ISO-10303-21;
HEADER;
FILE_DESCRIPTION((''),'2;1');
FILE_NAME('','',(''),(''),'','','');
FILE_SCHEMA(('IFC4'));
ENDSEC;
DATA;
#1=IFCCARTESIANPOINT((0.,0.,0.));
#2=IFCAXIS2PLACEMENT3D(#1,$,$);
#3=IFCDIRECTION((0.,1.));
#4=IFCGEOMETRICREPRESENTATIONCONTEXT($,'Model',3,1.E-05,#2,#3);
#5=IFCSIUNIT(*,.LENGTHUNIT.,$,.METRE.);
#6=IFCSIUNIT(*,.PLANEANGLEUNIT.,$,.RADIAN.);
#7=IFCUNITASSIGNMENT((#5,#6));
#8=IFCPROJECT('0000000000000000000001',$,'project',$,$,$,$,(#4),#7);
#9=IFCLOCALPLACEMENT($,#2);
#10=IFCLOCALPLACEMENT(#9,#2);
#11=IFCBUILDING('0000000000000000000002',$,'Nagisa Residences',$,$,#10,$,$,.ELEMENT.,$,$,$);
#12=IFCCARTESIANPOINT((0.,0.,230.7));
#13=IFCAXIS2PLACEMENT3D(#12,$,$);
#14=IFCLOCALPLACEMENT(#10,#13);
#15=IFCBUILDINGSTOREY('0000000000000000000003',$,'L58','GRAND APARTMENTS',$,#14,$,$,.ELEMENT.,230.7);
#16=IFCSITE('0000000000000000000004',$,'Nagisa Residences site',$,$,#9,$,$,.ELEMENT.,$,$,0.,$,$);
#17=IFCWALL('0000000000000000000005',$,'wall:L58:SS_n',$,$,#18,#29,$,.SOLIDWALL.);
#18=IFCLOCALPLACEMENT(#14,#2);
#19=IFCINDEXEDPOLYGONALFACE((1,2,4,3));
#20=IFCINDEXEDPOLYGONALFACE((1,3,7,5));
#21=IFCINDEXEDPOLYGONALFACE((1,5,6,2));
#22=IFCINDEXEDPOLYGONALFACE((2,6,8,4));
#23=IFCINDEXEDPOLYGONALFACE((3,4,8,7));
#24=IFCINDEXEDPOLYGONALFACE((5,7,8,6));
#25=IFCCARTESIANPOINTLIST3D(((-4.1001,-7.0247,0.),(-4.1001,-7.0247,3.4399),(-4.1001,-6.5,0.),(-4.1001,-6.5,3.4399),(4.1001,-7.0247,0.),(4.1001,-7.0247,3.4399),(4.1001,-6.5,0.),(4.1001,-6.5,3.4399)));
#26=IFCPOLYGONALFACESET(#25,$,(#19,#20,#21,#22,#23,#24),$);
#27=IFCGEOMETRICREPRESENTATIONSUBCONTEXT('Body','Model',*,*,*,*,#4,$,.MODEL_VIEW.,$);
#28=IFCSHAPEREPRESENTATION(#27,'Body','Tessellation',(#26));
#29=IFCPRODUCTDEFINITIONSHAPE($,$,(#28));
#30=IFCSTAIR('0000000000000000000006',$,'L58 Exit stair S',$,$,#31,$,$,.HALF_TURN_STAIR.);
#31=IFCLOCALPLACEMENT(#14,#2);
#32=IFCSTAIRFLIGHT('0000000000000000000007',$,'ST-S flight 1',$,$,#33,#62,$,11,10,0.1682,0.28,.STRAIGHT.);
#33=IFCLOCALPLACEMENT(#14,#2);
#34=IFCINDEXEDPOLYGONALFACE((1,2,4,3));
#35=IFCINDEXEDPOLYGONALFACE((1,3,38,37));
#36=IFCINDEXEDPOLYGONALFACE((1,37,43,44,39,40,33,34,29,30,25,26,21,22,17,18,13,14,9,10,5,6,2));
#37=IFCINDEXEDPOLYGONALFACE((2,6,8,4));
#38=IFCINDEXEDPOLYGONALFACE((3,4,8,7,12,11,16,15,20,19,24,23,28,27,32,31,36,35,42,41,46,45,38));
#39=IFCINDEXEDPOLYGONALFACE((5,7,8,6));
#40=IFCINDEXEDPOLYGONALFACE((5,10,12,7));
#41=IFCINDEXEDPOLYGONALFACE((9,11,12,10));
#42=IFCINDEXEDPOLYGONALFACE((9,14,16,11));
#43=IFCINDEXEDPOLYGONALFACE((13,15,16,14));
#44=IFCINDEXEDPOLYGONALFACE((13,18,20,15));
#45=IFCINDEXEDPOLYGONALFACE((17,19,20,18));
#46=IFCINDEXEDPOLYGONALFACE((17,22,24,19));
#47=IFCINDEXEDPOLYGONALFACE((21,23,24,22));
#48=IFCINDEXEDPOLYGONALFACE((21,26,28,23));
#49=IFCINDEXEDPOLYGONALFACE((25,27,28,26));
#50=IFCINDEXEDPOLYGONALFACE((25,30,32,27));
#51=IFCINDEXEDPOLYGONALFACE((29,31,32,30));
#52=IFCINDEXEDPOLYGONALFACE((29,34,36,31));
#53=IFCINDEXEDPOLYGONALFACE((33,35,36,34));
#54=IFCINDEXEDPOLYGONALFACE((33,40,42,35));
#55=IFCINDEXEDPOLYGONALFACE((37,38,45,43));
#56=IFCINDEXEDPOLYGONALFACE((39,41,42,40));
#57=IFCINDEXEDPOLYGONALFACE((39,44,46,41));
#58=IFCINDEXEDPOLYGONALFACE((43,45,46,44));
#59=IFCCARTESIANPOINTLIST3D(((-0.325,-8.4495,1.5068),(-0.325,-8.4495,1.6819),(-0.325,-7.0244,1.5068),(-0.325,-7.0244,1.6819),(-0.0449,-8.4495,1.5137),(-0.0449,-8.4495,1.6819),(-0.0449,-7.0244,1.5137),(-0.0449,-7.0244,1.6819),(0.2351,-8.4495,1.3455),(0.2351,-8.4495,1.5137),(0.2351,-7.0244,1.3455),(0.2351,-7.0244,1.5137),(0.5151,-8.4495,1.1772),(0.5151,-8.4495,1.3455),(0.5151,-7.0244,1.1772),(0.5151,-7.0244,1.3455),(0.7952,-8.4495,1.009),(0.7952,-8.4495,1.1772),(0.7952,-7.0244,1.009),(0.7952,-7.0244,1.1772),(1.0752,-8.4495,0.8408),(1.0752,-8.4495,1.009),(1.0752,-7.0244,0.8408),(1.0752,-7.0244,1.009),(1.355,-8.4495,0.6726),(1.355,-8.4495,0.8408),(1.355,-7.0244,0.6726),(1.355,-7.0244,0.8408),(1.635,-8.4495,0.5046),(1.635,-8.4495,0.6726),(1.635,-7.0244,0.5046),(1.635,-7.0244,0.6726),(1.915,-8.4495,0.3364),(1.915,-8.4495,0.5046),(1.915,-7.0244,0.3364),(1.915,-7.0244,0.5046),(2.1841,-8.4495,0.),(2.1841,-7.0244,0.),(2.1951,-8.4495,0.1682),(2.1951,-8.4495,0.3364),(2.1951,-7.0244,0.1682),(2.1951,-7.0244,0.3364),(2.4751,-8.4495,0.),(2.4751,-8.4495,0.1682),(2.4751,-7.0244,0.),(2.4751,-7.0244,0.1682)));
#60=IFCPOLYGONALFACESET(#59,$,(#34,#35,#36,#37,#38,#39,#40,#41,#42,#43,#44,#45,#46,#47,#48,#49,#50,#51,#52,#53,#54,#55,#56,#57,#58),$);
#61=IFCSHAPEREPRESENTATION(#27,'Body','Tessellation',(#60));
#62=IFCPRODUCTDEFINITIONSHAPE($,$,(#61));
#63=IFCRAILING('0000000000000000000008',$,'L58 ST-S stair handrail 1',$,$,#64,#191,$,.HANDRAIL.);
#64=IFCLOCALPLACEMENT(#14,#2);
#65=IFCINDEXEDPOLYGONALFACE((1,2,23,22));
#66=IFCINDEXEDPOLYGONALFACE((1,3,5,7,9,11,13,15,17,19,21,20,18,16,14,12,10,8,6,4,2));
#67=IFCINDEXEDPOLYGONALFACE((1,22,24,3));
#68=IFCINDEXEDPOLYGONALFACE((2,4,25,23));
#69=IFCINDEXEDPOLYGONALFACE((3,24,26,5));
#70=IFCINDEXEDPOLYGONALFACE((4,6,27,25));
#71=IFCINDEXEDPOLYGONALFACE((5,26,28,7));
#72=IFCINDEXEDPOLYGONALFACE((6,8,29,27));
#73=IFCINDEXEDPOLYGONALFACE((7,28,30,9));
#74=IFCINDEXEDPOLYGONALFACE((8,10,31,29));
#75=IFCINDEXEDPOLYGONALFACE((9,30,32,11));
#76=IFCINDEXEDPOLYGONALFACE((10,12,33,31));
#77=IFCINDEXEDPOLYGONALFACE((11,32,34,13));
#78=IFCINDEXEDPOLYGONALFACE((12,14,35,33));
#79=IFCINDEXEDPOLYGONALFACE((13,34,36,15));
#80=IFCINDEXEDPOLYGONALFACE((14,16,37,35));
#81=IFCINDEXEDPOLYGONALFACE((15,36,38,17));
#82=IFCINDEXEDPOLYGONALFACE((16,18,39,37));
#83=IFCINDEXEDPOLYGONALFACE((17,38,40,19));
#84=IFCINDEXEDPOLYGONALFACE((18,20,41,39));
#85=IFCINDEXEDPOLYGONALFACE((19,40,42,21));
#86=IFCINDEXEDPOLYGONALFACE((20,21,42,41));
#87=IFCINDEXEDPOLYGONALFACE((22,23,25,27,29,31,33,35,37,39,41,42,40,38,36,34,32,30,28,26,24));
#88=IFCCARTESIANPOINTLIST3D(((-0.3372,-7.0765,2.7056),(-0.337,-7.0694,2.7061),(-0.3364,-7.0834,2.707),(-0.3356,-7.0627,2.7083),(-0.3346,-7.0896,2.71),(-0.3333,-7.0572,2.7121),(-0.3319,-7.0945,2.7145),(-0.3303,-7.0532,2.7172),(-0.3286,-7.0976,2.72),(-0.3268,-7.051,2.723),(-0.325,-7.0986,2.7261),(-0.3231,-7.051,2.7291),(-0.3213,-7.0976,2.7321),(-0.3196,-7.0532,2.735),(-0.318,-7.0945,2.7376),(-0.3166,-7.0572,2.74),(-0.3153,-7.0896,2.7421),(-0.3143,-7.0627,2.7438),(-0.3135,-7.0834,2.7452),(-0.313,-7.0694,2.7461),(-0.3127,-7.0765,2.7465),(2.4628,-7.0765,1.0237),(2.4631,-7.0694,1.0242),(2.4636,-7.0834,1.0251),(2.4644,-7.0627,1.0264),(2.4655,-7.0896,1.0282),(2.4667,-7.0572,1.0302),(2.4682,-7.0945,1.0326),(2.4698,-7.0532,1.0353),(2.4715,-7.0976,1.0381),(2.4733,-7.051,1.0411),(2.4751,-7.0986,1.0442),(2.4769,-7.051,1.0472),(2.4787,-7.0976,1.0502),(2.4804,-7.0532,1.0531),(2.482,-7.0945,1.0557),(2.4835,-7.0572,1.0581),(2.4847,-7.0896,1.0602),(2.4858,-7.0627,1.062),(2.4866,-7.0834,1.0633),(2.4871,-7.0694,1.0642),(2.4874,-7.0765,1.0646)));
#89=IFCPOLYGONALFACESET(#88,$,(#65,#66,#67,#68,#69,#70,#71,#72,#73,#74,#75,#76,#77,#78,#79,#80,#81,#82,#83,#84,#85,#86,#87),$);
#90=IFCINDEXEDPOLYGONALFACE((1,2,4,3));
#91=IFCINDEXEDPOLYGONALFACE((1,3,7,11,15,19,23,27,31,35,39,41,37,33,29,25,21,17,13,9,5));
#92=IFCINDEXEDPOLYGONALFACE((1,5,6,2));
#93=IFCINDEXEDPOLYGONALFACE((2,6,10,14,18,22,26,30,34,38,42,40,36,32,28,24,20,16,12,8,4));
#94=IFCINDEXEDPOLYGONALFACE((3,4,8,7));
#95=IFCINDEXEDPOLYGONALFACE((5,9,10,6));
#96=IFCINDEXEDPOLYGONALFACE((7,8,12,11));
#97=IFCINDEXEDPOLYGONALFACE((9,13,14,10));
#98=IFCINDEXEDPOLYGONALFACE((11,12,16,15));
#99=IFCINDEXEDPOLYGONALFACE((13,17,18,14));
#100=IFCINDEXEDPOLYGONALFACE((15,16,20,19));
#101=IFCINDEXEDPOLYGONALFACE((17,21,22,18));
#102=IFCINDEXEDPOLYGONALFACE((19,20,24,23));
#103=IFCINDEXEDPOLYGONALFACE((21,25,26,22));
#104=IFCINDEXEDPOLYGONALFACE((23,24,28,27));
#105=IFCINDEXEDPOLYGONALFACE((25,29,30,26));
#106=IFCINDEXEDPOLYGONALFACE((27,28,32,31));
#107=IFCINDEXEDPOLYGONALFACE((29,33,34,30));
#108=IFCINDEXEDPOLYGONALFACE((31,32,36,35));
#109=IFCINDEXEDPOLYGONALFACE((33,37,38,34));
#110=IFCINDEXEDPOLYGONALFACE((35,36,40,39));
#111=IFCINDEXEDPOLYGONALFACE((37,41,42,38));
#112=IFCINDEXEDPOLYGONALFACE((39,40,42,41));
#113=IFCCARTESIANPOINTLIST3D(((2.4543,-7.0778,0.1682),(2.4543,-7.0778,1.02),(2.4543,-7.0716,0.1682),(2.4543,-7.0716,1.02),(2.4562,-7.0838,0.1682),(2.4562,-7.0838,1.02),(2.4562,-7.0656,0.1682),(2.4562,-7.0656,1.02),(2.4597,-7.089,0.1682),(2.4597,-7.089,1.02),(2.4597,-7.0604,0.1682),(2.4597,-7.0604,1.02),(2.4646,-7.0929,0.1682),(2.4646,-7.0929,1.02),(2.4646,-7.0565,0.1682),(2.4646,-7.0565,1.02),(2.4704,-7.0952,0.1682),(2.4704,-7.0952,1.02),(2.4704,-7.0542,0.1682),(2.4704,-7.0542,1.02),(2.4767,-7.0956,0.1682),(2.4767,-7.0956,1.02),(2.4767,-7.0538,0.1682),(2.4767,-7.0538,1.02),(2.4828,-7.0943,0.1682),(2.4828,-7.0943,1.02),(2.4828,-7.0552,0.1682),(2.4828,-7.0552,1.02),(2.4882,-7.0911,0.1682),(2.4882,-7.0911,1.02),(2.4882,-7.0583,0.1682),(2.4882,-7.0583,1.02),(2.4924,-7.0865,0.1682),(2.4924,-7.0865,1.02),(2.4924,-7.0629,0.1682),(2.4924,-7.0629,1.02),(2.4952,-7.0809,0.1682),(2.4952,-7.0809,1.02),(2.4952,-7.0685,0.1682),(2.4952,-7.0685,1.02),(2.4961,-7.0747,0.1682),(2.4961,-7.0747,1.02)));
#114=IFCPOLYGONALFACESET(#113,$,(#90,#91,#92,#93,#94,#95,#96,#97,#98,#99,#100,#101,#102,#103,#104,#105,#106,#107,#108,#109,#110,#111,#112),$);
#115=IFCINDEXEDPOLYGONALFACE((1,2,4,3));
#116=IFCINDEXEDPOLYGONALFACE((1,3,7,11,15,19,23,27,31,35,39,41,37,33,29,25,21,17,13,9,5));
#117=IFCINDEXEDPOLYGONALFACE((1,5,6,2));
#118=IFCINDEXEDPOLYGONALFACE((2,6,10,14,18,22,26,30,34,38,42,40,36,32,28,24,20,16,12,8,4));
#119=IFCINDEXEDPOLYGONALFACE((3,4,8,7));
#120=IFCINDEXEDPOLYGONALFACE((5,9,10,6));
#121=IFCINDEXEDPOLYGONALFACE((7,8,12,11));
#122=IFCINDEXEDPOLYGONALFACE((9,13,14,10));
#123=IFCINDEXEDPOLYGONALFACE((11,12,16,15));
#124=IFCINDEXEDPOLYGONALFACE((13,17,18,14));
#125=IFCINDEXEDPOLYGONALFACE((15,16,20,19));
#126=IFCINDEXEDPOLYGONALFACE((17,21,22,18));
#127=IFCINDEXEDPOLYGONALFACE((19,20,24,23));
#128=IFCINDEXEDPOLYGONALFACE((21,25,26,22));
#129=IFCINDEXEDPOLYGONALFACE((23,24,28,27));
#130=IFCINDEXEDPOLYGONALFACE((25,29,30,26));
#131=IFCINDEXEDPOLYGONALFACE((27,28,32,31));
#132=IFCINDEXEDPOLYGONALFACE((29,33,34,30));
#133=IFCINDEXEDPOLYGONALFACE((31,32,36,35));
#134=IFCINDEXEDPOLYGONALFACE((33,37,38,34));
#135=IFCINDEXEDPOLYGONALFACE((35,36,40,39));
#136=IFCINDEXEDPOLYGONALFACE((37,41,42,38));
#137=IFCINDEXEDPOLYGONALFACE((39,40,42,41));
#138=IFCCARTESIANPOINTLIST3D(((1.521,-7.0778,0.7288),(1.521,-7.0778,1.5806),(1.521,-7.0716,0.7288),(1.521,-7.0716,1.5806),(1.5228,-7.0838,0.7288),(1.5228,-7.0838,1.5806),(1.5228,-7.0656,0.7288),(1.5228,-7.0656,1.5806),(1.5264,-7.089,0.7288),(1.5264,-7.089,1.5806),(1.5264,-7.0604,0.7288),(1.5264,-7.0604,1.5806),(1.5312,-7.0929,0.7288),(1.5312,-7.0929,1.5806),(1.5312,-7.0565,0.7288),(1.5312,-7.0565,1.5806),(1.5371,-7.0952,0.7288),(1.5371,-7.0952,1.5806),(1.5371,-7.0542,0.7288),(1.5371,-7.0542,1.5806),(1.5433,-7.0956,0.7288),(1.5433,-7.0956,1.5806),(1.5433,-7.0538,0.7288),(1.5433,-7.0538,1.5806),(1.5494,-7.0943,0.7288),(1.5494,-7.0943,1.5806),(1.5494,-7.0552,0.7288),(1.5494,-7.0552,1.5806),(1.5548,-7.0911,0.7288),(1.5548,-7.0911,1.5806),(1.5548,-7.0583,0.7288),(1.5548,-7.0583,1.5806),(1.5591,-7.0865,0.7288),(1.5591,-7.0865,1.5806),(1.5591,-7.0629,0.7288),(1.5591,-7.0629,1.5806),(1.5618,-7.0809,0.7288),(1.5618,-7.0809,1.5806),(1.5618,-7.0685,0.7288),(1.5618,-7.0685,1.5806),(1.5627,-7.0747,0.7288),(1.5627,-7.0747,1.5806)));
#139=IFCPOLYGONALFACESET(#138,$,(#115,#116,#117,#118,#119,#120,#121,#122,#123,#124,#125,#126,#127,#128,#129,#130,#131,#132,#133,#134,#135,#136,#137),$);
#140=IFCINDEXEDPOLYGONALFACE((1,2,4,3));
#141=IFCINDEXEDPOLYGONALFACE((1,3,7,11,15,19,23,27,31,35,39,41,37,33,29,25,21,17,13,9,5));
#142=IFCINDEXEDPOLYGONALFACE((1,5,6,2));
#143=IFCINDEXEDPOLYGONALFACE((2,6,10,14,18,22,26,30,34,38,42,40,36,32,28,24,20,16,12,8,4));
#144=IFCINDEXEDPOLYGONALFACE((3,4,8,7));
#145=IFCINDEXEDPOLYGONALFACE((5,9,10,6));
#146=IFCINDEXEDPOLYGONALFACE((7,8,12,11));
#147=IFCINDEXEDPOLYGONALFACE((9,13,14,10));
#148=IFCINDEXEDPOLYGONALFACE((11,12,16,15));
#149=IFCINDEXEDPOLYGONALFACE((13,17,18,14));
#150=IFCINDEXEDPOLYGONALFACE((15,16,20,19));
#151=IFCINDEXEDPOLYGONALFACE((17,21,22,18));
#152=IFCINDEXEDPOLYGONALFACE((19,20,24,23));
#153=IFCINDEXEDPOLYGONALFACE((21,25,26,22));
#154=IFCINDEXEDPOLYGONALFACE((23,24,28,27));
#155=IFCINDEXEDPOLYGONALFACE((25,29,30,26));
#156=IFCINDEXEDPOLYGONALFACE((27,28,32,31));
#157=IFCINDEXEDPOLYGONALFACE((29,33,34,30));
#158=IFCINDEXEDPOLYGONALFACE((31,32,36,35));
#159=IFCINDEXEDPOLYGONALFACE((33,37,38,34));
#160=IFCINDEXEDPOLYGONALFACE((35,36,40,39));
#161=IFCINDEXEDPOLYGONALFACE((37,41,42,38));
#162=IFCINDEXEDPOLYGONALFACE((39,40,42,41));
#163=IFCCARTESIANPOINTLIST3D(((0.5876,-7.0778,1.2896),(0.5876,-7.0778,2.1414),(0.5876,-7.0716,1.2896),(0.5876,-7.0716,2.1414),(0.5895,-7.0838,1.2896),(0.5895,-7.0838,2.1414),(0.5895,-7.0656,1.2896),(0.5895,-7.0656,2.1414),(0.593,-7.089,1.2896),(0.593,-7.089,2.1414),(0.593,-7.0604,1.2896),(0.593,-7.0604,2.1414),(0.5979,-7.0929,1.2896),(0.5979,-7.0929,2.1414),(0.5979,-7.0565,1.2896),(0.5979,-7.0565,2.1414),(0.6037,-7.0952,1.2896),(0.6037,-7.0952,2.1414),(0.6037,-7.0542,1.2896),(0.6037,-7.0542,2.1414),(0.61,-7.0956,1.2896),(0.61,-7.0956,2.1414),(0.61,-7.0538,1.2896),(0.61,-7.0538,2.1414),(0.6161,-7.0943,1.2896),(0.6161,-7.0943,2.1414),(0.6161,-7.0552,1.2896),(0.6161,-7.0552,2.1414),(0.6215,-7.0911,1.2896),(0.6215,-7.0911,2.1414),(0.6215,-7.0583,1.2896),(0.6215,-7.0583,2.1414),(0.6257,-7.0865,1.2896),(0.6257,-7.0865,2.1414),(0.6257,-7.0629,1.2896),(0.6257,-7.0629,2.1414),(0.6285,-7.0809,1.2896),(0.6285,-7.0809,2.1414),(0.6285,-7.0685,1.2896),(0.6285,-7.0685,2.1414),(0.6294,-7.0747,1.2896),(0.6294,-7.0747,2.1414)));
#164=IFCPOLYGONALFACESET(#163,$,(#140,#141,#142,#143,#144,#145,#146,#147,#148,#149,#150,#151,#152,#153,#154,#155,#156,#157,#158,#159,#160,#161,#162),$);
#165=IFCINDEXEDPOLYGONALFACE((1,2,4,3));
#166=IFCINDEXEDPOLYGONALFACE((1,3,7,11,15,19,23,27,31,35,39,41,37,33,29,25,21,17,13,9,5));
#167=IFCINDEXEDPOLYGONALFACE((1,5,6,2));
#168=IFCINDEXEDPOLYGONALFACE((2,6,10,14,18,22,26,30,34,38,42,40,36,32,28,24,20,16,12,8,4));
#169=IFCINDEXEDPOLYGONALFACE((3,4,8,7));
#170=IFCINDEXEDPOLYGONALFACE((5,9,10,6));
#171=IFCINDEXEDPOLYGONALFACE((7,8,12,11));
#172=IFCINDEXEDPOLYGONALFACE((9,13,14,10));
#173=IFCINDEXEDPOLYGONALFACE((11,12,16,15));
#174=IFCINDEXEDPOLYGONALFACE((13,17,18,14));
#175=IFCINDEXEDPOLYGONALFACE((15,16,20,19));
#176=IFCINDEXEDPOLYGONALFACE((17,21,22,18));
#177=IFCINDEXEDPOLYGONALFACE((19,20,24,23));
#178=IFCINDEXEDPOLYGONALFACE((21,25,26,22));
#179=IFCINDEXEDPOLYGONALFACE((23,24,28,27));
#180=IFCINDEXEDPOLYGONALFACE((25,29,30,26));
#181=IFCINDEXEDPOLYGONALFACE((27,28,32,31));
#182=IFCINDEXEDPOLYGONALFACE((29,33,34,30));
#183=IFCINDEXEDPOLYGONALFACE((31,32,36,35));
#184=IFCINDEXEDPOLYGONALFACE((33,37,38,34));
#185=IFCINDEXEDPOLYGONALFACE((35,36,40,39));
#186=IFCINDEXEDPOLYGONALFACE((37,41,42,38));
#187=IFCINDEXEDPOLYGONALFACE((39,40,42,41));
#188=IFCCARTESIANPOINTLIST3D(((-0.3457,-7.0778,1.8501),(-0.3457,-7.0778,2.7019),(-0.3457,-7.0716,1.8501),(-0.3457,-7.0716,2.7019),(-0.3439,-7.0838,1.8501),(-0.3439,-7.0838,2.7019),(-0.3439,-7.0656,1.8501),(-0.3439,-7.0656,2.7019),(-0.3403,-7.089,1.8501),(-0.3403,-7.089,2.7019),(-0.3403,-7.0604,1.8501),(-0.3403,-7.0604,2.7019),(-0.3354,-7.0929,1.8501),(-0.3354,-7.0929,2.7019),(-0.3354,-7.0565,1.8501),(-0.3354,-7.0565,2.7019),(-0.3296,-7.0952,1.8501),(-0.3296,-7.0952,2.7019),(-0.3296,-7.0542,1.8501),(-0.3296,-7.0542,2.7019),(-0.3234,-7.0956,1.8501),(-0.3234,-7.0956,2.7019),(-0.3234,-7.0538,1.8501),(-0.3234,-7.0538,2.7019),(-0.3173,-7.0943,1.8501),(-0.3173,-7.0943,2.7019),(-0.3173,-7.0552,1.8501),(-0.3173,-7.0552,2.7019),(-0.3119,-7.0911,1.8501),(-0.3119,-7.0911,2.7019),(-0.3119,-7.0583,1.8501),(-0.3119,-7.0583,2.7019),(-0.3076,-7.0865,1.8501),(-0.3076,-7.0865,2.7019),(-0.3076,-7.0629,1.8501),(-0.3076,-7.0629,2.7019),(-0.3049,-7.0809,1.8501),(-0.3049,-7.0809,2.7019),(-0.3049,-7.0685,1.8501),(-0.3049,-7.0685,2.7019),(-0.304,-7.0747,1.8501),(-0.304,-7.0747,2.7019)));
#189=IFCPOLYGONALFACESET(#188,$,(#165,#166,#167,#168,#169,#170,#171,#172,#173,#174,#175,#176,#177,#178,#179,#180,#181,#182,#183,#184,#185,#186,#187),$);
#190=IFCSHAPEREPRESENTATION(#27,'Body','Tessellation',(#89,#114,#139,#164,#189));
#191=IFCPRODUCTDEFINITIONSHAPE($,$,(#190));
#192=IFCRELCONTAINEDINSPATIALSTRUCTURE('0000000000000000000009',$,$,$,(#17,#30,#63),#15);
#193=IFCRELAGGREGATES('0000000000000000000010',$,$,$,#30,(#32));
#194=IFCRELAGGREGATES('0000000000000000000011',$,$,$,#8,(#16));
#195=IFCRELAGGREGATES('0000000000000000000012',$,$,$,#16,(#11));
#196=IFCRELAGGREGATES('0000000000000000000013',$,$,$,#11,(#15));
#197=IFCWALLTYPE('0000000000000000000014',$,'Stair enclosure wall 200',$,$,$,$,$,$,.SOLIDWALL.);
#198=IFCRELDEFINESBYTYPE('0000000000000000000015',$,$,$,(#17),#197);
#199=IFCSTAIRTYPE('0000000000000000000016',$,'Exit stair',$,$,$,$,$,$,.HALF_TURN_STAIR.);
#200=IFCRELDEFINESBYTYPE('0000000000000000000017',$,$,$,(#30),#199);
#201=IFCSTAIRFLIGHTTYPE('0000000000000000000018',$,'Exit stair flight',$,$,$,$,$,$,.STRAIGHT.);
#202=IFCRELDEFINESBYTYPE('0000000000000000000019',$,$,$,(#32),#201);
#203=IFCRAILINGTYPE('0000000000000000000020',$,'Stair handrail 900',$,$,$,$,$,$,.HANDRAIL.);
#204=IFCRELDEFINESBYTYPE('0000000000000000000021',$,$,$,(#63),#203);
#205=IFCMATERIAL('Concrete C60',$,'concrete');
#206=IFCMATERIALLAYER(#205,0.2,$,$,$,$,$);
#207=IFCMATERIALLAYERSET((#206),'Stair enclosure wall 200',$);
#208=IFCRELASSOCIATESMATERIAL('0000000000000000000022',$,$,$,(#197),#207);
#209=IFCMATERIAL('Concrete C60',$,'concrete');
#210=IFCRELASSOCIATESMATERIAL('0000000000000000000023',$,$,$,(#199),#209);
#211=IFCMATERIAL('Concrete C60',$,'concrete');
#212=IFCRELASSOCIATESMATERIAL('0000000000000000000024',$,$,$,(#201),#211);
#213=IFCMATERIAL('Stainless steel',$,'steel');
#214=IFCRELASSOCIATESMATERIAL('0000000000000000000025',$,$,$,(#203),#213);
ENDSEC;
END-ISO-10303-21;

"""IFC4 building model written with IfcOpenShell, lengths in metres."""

from ifc_helpers import new_model, si_unit, direction, frame, origin, origin_2d, place, context, subcontext, project, spatial, polyline, circle, outline, extrude, material, layer, layer_set, type_object, element, aggregate, save


model = new_model("IFC4")

# Units and contexts
model_context = context("Model", 3, precision=1e-05, world=origin(), true_north=direction((0.0, 1.0)))
body_context = subcontext(model_context, "Body", "Model", "MODEL_VIEW")
ifc_project = project(units=[si_unit("LENGTHUNIT", "METRE"), si_unit("PLANEANGLEUNIT", "RADIAN")], contexts=[model_context])

# Site, building, storey
site_placement = place(None, origin())
site = spatial("IfcSite", under=ifc_project, at=site_placement, Name="Nagisa Residences site", CompositionType="ELEMENT", RefElevation=0.0)
building_placement = place(site_placement, origin())
building = spatial("IfcBuilding", under=site, at=building_placement, Name="Nagisa Residences", CompositionType="ELEMENT")
storey_placement = place(building_placement, frame((0.0, 0.0, 230.7)))
storey = spatial("IfcBuildingStorey", under=building, at=storey_placement, Name="L58", Description="GRAND APARTMENTS", CompositionType="ELEMENT", Elevation=230.7)

# Wall
ifc_material_1 = material(Name="Concrete C60", Category="concrete")
ifc_layer_1 = layer(ifc_material_1, 0.2)
ifc_layer_set_1 = layer_set([ifc_layer_1], Name="Stair enclosure wall 200")
wall_type_1 = type_object("IfcWallType", Name="Stair enclosure wall 200", PredefinedType="SOLIDWALL", material=ifc_layer_set_1)
wall_1_placement = place(storey_placement, origin())
element("IfcWall", 1, at=wall_1_placement, inside=storey, type_object=wall_type_1, Name="wall:L58:SS_n", PredefinedType="SOLIDWALL", context=body_context, shape_type="SweptSolid", body=[
    extrude(outline(polyline([(4.1001, -7.0247), (-4.1001, -7.0247), (-4.1001, -6.5), (4.1001, -6.5), (4.1001, -7.0247)])), origin(), (0.0, 0.0, 1.0), 3.4399),
])

# Stair, stair flight
ifc_material_2 = material(Name="Concrete C60", Category="concrete")
stair_type = type_object("IfcStairType", Name="Exit stair", PredefinedType="HALF_TURN_STAIR", material=ifc_material_2)
stair_placement = place(storey_placement, origin())
stair = element("IfcStair", 2, at=stair_placement, inside=storey, type_object=stair_type, Name="L58 Exit stair S", PredefinedType="HALF_TURN_STAIR")
ifc_material_3 = material(Name="Concrete C60", Category="concrete")
stair_flight_type = type_object("IfcStairFlightType", Name="Exit stair flight", PredefinedType="STRAIGHT", material=ifc_material_3)
stair_flight_placement = place(storey_placement, frame((2.4751, -7.7371, 0.0), z_axis=(0.0, 0.0, 1.0), x_axis=(-1.0, 0.0, 0.0)))
stair_flight = element("IfcStairFlight", 3, at=stair_flight_placement, type_object=stair_flight_type, Name="ST-S flight 1", NumberOfRisers=11, NumberOfTreads=10, PredefinedType="STRAIGHT", RiserHeight=0.1682, TreadLength=0.28, context=body_context, shape_type="SweptSolid", body=[
    extrude(outline(polyline([(0.0, 0.0), (0.0, 0.1682), (0.28, 0.1682), (0.28, 0.3364), (0.5601, 0.3364), (0.5601, 0.5046), (0.8401, 0.5046), (0.8401, 0.6726), (1.1201, 0.6726), (1.1201, 0.8408), (1.3999, 0.8408), (1.3999, 1.009), (1.6799, 1.009), (1.6799, 1.1772), (1.96, 1.1772), (1.96, 1.3455), (2.24, 1.3455), (2.24, 1.5137), (2.52, 1.5137), (2.52, 1.6819), (2.8, 1.6819), (2.8, 1.8501), (2.8, 1.5068), (0.291, 0.0), (0.0, 0.0)])), frame((0.0, 0.7124, 0.0), z_axis=(0.0, -1.0, 0.0), x_axis=(1.0, 0.0, 0.0)), (0.0, 0.0, 1.0), 1.425),
])
aggregate(stair, [stair_flight])

# Railing
ifc_material_4 = material(Name="Stainless steel", Category="steel")
railing_type_1 = type_object("IfcRailingType", Name="Stair handrail 900", PredefinedType="HANDRAIL", material=ifc_material_4)
railing_1_placement = place(storey_placement, frame((2.4751, -7.0747, 0.1682)))
element("IfcRailing", 4, at=railing_1_placement, inside=storey, type_object=railing_type_1, Name="L58 ST-S stair handrail 1", PredefinedType="HANDRAIL", context=body_context, shape_type="SweptSolid", body=[
    extrude(circle(Radius=0.0239, at=origin_2d()), frame((0.0, 0.0, 0.876), z_axis=(-0.857242, 0.0, 0.514913), x_axis=(0.0, -1.0, 0.0)), (0.0, 0.0, 1.0), 3.2664),
    extrude(circle(Radius=0.021, at=origin_2d()), origin(), (0.0, 0.0, 1.0), 0.8518),
    extrude(circle(Radius=0.021, at=origin_2d()), frame((-0.9333, 0.0, 0.5605)), (0.0, 0.0, 1.0), 0.8518),
    extrude(circle(Radius=0.021, at=origin_2d()), frame((-1.8667, 0.0, 1.1213)), (0.0, 0.0, 1.0), 0.8518),
    extrude(circle(Radius=0.021, at=origin_2d()), frame((-2.8, 0.0, 1.6819)), (0.0, 0.0, 1.0), 0.8518),
])

save(model, "model.ifc")
